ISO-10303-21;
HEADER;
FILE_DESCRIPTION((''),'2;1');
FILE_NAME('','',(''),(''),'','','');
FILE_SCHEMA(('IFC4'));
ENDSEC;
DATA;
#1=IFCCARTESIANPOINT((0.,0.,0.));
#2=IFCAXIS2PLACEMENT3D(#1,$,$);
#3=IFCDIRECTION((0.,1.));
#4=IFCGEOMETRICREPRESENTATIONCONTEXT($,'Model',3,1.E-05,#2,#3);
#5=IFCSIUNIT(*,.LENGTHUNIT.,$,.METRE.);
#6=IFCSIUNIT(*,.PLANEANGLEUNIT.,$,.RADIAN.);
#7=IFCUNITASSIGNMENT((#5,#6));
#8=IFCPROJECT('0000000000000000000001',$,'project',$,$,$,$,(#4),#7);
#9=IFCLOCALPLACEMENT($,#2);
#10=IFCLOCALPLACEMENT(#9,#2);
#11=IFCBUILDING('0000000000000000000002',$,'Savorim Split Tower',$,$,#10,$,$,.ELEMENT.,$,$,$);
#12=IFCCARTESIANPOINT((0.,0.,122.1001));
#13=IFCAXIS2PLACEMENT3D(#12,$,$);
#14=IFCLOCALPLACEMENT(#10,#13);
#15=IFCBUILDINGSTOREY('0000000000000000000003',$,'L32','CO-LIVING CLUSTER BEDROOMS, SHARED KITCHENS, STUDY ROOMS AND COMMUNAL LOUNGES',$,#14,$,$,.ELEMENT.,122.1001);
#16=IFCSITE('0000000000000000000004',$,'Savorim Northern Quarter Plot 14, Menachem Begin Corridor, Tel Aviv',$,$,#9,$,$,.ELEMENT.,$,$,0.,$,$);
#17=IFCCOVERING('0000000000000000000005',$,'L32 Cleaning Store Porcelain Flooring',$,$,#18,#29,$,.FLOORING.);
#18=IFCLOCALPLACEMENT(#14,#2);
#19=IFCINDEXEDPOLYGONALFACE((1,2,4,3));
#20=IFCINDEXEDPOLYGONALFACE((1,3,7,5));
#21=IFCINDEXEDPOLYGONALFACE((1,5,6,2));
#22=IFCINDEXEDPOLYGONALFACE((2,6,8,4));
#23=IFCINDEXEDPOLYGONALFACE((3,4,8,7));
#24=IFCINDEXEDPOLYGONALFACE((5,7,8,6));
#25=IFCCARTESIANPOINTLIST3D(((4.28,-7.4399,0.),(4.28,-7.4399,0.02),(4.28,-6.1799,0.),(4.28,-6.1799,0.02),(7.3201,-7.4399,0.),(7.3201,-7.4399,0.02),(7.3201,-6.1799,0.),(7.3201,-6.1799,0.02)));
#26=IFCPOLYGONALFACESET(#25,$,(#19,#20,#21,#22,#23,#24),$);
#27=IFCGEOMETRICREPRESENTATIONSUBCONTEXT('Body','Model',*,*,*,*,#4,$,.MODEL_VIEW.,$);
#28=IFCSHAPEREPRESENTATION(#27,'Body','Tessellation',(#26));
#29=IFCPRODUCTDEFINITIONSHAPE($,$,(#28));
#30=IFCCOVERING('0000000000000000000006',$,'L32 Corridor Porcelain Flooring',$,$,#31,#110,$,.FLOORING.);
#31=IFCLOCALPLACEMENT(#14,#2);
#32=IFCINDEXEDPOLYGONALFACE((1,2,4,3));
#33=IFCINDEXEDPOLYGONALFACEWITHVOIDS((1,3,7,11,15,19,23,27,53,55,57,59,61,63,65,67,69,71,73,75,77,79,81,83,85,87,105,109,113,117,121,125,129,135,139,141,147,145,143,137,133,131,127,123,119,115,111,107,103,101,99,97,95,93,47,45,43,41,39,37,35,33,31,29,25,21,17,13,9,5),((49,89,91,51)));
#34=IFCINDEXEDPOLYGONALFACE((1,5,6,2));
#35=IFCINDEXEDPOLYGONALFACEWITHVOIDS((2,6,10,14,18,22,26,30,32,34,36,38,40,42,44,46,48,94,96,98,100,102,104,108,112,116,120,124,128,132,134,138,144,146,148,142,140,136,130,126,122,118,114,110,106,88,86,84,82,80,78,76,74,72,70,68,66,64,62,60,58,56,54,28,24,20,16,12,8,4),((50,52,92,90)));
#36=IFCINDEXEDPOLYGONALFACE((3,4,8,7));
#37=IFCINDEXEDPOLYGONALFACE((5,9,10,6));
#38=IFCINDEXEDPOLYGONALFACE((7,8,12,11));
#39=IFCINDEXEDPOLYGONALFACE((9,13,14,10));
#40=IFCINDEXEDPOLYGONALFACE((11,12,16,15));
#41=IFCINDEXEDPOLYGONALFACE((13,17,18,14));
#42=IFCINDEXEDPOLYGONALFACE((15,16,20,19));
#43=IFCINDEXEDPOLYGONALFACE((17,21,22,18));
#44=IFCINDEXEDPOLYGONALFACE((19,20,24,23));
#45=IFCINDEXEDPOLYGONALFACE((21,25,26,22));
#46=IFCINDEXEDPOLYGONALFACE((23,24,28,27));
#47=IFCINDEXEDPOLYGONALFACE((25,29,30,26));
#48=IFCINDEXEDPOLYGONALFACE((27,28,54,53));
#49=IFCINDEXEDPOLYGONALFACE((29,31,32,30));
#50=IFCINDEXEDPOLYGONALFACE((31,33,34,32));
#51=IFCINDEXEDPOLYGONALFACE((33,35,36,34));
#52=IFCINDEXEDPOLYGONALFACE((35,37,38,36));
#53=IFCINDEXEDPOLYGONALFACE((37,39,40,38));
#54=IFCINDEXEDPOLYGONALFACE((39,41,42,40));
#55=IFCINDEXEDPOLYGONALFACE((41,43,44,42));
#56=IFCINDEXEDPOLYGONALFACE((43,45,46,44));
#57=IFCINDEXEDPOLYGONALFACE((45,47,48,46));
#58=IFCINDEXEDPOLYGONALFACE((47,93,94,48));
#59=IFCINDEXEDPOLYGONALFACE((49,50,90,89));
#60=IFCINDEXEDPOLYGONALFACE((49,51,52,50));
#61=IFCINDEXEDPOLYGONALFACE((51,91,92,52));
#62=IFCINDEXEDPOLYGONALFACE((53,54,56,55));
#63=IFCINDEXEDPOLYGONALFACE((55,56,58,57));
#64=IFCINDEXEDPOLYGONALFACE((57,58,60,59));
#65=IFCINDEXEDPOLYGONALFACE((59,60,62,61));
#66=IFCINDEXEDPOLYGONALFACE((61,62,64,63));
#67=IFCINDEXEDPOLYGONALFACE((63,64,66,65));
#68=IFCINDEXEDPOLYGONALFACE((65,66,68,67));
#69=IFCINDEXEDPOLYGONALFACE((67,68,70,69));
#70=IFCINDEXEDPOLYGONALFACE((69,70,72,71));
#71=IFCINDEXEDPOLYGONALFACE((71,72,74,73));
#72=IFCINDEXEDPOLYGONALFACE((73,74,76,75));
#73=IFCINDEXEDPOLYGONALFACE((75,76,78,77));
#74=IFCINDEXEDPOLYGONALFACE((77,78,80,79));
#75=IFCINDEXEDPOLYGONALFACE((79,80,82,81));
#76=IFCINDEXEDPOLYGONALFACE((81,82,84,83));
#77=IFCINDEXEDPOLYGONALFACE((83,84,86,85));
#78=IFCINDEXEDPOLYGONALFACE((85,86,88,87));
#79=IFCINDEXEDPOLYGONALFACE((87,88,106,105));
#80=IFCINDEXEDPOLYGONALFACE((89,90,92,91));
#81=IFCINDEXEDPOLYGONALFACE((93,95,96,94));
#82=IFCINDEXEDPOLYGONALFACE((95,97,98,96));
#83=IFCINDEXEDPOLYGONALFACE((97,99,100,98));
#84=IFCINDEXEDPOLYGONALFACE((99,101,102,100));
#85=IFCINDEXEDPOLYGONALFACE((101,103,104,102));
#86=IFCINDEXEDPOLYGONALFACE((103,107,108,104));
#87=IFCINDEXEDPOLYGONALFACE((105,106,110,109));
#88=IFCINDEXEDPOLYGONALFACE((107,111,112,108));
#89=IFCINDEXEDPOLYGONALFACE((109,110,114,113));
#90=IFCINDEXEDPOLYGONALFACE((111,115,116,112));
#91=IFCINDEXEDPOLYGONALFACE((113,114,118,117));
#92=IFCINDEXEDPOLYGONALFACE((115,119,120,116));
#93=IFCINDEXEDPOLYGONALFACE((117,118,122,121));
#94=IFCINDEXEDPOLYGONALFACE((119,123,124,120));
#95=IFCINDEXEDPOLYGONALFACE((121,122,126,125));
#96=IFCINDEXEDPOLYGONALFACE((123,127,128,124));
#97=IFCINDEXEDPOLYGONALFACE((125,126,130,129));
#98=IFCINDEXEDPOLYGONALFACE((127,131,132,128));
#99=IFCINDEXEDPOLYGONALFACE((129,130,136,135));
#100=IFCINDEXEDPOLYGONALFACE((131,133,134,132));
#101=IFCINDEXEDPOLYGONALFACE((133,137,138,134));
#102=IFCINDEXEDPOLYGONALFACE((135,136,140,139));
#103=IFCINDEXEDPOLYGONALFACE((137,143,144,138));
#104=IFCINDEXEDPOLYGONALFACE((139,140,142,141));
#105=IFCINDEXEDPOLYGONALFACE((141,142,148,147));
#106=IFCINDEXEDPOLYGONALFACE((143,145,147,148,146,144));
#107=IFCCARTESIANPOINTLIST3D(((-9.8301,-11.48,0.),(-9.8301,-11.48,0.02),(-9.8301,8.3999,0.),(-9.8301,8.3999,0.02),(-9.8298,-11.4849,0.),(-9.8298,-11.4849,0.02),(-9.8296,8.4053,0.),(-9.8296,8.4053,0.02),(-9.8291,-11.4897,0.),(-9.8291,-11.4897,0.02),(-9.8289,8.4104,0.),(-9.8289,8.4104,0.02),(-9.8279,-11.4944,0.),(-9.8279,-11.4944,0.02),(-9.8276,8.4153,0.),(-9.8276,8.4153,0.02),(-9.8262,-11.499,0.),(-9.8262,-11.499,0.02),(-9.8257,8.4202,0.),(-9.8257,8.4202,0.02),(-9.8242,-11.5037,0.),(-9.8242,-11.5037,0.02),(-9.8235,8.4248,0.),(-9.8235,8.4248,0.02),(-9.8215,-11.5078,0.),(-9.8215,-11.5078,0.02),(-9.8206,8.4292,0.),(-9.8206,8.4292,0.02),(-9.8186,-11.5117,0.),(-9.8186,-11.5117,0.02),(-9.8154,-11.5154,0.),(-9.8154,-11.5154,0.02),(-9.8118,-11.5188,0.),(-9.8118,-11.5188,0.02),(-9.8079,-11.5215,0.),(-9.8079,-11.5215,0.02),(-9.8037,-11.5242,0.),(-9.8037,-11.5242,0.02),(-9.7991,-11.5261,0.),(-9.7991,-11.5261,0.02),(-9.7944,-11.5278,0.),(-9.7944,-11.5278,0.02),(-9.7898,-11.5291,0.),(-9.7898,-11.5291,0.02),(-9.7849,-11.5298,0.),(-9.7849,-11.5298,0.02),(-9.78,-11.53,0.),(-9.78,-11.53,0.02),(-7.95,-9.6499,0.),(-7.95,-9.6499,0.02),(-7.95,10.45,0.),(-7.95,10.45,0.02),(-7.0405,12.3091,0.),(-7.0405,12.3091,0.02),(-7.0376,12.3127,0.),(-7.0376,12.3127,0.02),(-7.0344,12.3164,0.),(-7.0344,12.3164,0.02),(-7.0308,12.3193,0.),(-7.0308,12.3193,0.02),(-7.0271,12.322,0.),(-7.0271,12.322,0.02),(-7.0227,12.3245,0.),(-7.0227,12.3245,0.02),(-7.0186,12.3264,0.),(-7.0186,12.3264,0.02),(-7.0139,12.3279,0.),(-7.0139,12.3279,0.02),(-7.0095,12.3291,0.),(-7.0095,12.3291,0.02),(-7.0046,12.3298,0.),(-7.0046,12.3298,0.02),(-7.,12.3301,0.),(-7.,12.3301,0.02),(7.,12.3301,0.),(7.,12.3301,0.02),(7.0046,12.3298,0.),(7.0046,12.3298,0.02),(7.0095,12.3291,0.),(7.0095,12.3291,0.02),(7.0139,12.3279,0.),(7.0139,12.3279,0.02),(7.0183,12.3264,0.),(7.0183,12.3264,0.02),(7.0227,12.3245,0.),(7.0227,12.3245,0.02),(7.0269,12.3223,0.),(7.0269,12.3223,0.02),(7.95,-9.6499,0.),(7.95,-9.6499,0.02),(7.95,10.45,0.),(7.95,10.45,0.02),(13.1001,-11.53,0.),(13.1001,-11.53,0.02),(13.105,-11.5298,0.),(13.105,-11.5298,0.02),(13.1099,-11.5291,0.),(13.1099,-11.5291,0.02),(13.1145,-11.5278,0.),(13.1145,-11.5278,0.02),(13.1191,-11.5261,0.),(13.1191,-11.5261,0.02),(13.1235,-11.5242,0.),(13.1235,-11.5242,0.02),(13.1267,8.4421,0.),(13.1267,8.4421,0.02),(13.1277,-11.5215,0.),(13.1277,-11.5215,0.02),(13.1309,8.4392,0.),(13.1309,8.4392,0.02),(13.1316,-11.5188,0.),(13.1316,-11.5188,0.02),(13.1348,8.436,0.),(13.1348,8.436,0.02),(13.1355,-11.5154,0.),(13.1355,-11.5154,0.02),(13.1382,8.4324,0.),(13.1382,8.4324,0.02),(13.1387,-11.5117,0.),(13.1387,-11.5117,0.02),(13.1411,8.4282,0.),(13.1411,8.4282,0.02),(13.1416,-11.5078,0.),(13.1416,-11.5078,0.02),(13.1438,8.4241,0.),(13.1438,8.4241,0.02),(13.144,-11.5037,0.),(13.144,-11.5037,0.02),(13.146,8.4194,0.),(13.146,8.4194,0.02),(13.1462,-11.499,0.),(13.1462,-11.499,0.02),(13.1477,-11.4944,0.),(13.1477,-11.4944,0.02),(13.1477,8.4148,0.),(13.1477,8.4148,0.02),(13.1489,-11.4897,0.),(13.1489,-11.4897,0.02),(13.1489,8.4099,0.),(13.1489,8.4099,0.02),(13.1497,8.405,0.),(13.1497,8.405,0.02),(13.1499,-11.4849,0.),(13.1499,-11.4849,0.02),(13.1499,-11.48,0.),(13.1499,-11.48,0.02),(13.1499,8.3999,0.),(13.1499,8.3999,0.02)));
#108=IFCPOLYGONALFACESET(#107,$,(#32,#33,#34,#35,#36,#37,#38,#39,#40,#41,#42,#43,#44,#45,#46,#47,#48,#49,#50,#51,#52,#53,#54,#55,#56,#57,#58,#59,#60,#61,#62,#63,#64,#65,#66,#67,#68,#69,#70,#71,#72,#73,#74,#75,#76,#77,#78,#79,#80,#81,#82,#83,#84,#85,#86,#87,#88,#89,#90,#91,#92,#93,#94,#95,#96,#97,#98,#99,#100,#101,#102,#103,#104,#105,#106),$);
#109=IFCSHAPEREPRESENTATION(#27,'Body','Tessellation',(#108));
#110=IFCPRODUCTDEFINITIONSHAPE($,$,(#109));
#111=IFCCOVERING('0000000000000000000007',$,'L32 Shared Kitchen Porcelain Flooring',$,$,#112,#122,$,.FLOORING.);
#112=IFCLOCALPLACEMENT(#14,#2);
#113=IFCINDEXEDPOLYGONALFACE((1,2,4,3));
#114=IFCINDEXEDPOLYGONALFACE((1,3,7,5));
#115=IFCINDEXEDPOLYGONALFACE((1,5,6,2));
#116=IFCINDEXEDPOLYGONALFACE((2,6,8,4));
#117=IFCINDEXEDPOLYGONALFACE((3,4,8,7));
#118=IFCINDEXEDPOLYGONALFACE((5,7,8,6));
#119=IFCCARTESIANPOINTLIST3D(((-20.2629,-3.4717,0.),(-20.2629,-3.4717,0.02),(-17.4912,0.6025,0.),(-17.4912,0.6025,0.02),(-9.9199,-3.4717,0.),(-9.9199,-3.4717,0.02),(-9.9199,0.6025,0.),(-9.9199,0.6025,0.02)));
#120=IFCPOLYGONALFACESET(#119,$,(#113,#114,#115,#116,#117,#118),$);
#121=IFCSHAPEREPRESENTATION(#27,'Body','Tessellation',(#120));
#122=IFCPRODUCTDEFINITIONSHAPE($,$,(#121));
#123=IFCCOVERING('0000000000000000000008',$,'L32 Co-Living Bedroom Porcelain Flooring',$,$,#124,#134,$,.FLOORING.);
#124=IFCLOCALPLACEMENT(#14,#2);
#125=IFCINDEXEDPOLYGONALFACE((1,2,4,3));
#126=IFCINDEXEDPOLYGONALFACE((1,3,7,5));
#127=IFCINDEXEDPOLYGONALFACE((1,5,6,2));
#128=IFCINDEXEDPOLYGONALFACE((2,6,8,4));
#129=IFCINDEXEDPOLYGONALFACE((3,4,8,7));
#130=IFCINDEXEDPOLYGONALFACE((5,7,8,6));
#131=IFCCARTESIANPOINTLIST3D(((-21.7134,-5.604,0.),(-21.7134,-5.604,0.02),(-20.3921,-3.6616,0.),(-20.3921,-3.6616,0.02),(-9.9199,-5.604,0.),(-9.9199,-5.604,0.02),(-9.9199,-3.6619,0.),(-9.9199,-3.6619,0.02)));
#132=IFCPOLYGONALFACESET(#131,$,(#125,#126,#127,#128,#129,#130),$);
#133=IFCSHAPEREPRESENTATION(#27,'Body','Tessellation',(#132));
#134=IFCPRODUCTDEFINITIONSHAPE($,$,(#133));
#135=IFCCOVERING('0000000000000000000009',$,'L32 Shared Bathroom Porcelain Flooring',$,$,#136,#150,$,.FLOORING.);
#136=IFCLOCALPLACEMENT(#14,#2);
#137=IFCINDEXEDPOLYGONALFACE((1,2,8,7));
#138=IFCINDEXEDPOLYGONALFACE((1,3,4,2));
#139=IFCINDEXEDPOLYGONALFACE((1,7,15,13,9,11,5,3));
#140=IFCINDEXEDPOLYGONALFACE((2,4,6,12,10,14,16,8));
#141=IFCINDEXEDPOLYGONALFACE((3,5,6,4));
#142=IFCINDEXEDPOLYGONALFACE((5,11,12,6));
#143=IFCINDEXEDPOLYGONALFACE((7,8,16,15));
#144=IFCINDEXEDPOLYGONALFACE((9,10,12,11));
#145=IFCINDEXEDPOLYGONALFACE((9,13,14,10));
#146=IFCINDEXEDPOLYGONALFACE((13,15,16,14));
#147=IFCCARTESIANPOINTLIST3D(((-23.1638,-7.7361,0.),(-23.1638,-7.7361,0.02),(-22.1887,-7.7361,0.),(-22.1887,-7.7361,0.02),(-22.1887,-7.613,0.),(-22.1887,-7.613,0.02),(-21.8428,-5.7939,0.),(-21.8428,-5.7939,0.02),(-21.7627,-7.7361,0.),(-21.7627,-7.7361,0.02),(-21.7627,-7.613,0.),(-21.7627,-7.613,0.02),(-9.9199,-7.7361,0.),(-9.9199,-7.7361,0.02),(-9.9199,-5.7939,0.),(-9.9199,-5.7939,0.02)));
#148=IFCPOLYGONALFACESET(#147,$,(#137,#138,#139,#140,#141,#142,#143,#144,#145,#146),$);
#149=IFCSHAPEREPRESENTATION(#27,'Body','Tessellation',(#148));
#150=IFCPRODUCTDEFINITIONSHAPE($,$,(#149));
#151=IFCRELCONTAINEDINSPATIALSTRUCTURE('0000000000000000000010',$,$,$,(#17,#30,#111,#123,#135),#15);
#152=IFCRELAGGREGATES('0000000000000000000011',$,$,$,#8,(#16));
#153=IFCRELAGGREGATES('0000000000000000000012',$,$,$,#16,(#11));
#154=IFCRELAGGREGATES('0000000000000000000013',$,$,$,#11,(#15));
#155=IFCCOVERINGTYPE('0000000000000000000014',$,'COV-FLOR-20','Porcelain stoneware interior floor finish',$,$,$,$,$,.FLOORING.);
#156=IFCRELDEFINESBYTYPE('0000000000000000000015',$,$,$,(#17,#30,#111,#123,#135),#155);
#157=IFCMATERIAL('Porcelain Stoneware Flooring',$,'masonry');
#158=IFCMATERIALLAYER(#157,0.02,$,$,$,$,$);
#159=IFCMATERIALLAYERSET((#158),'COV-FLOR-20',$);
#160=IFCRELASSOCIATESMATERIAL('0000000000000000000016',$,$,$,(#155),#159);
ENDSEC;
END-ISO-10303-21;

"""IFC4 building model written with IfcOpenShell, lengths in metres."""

from ifc_helpers import new_model, si_unit, direction, frame, origin, place, context, subcontext, project, spatial, polyline, outline, extrude, material, layer, layer_set, type_object, element, save


model = new_model("IFC4")

# Units and contexts
model_context = context("Model", 3, precision=1e-05, world=origin(), true_north=direction((0.0, 1.0)))
body_context = subcontext(model_context, "Body", "Model", "MODEL_VIEW")
ifc_project = project(units=[si_unit("LENGTHUNIT", "METRE"), si_unit("PLANEANGLEUNIT", "RADIAN")], contexts=[model_context])

# Site, building, storey
site_placement = place(None, origin())
site = spatial("IfcSite", under=ifc_project, at=site_placement, Name="Savorim Northern Quarter Plot 14, Menachem Begin Corridor, Tel Aviv", CompositionType="ELEMENT", RefElevation=0.0)
building_placement = place(site_placement, origin())
building = spatial("IfcBuilding", under=site, at=building_placement, Name="Savorim Split Tower", CompositionType="ELEMENT")
storey_placement = place(building_placement, frame((0.0, 0.0, 122.1001)))
storey = spatial("IfcBuildingStorey", under=building, at=storey_placement, Name="L32", Description="CO-LIVING CLUSTER BEDROOMS, SHARED KITCHENS, STUDY ROOMS AND COMMUNAL LOUNGES", CompositionType="ELEMENT", Elevation=122.1001)

# Coverings
ifc_material_1 = material(Name="Porcelain Stoneware Flooring", Category="masonry")
ifc_layer_1 = layer(ifc_material_1, 0.02)
ifc_layer_set_1 = layer_set([ifc_layer_1], Name="COV-FLOR-20")
covering_type_1 = type_object("IfcCoveringType", Name="COV-FLOR-20", Description="Porcelain stoneware interior floor finish", PredefinedType="FLOORING", material=ifc_layer_set_1)
covering_1_placement = place(storey_placement, origin())
element("IfcCovering", 1, at=covering_1_placement, inside=storey, type_object=covering_type_1, Name="L32 Cleaning Store Porcelain Flooring", PredefinedType="FLOORING", context=body_context, shape_type="SweptSolid", body=[
    extrude(outline(polyline([(4.28, -6.1799), (4.28, -7.4399), (7.3201, -7.4399), (7.3201, -6.1799), (4.28, -6.1799)])), origin(), (0.0, 0.0, 1.0), 0.02),
])
covering_2_placement = place(storey_placement, origin())
element("IfcCovering", 2, at=covering_2_placement, inside=storey, type_object=covering_type_1, Name="L32 Corridor Porcelain Flooring", PredefinedType="FLOORING", context=body_context, shape_type="SweptSolid", body=[
    extrude(outline(polyline([(7.0095, 12.3291), (7.0046, 12.3298), (7.0, 12.3301), (-7.0, 12.3301), (-7.0046, 12.3298), (-7.0095, 12.3291), (-7.0139, 12.3279), (-7.0186, 12.3264), (-7.0227, 12.3245), (-7.0271, 12.322), (-7.0308, 12.3193), (-7.0344, 12.3164), (-7.0376, 12.3127), (-7.0405, 12.3091), (-9.8206, 8.4292), (-9.8235, 8.4248), (-9.8257, 8.4202), (-9.8276, 8.4153), (-9.8289, 8.4104), (-9.8296, 8.4053), (-9.8301, 8.3999), (-9.8301, -11.48), (-9.8298, -11.4849), (-9.8291, -11.4897), (-9.8279, -11.4944), (-9.8262, -11.499), (-9.8242, -11.5037), (-9.8215, -11.5078), (-9.8186, -11.5117), (-9.8154, -11.5154), (-9.8118, -11.5188), (-9.8079, -11.5215), (-9.8037, -11.5242), (-9.7991, -11.5261), (-9.7944, -11.5278), (-9.7898, -11.5291), (-9.7849, -11.5298), (-9.78, -11.53), (13.1001, -11.53), (13.105, -11.5298), (13.1099, -11.5291), (13.1145, -11.5278), (13.1191, -11.5261), (13.1235, -11.5242), (13.1277, -11.5215), (13.1316, -11.5188), (13.1355, -11.5154), (13.1387, -11.5117), (13.1416, -11.5078), (13.144, -11.5037), (13.1462, -11.499), (13.1477, -11.4944), (13.1489, -11.4897), (13.1499, -11.4849), (13.1499, -11.48), (13.1499, 8.3999), (13.1497, 8.405), (13.1489, 8.4099), (13.1477, 8.4148), (13.146, 8.4194), (13.1438, 8.4241), (13.1411, 8.4282), (13.1382, 8.4324), (13.1348, 8.436), (13.1309, 8.4392), (13.1267, 8.4421), (7.0269, 12.3223), (7.0227, 12.3245), (7.0183, 12.3264), (7.0139, 12.3279), (7.0095, 12.3291)]), holes=[polyline([(-7.95, 10.45), (-7.95, -9.6499), (7.95, -9.6499), (7.95, 10.45), (-7.95, 10.45)])]), origin(), (0.0, 0.0, 1.0), 0.02),
])
covering_3_placement = place(storey_placement, origin())
element("IfcCovering", 3, at=covering_3_placement, inside=storey, type_object=covering_type_1, Name="L32 Shared Kitchen Porcelain Flooring", PredefinedType="FLOORING", context=body_context, shape_type="SweptSolid", body=[
    extrude(outline(polyline([(-17.4912, 0.6025), (-20.2629, -3.4717), (-9.9199, -3.4717), (-9.9199, 0.6025), (-17.4912, 0.6025)])), origin(), (0.0, 0.0, 1.0), 0.02),
])
covering_4_placement = place(storey_placement, origin())
element("IfcCovering", 4, at=covering_4_placement, inside=storey, type_object=covering_type_1, Name="L32 Co-Living Bedroom Porcelain Flooring", PredefinedType="FLOORING", context=body_context, shape_type="SweptSolid", body=[
    extrude(outline(polyline([(-20.3921, -3.6616), (-21.7134, -5.604), (-9.9199, -5.604), (-9.9199, -3.6619), (-20.3921, -3.6616)])), origin(), (0.0, 0.0, 1.0), 0.02),
])
covering_5_placement = place(storey_placement, origin())
element("IfcCovering", 5, at=covering_5_placement, inside=storey, type_object=covering_type_1, Name="L32 Shared Bathroom Porcelain Flooring", PredefinedType="FLOORING", context=body_context, shape_type="SweptSolid", body=[
    extrude(outline(polyline([(-21.7627, -7.613), (-21.7627, -7.7361), (-9.9199, -7.7361), (-9.9199, -5.7939), (-21.8428, -5.7939), (-23.1638, -7.7361), (-22.1887, -7.7361), (-22.1887, -7.613), (-21.7627, -7.613)])), origin(), (0.0, 0.0, 1.0), 0.02),
])

save(model, "model.ifc")
